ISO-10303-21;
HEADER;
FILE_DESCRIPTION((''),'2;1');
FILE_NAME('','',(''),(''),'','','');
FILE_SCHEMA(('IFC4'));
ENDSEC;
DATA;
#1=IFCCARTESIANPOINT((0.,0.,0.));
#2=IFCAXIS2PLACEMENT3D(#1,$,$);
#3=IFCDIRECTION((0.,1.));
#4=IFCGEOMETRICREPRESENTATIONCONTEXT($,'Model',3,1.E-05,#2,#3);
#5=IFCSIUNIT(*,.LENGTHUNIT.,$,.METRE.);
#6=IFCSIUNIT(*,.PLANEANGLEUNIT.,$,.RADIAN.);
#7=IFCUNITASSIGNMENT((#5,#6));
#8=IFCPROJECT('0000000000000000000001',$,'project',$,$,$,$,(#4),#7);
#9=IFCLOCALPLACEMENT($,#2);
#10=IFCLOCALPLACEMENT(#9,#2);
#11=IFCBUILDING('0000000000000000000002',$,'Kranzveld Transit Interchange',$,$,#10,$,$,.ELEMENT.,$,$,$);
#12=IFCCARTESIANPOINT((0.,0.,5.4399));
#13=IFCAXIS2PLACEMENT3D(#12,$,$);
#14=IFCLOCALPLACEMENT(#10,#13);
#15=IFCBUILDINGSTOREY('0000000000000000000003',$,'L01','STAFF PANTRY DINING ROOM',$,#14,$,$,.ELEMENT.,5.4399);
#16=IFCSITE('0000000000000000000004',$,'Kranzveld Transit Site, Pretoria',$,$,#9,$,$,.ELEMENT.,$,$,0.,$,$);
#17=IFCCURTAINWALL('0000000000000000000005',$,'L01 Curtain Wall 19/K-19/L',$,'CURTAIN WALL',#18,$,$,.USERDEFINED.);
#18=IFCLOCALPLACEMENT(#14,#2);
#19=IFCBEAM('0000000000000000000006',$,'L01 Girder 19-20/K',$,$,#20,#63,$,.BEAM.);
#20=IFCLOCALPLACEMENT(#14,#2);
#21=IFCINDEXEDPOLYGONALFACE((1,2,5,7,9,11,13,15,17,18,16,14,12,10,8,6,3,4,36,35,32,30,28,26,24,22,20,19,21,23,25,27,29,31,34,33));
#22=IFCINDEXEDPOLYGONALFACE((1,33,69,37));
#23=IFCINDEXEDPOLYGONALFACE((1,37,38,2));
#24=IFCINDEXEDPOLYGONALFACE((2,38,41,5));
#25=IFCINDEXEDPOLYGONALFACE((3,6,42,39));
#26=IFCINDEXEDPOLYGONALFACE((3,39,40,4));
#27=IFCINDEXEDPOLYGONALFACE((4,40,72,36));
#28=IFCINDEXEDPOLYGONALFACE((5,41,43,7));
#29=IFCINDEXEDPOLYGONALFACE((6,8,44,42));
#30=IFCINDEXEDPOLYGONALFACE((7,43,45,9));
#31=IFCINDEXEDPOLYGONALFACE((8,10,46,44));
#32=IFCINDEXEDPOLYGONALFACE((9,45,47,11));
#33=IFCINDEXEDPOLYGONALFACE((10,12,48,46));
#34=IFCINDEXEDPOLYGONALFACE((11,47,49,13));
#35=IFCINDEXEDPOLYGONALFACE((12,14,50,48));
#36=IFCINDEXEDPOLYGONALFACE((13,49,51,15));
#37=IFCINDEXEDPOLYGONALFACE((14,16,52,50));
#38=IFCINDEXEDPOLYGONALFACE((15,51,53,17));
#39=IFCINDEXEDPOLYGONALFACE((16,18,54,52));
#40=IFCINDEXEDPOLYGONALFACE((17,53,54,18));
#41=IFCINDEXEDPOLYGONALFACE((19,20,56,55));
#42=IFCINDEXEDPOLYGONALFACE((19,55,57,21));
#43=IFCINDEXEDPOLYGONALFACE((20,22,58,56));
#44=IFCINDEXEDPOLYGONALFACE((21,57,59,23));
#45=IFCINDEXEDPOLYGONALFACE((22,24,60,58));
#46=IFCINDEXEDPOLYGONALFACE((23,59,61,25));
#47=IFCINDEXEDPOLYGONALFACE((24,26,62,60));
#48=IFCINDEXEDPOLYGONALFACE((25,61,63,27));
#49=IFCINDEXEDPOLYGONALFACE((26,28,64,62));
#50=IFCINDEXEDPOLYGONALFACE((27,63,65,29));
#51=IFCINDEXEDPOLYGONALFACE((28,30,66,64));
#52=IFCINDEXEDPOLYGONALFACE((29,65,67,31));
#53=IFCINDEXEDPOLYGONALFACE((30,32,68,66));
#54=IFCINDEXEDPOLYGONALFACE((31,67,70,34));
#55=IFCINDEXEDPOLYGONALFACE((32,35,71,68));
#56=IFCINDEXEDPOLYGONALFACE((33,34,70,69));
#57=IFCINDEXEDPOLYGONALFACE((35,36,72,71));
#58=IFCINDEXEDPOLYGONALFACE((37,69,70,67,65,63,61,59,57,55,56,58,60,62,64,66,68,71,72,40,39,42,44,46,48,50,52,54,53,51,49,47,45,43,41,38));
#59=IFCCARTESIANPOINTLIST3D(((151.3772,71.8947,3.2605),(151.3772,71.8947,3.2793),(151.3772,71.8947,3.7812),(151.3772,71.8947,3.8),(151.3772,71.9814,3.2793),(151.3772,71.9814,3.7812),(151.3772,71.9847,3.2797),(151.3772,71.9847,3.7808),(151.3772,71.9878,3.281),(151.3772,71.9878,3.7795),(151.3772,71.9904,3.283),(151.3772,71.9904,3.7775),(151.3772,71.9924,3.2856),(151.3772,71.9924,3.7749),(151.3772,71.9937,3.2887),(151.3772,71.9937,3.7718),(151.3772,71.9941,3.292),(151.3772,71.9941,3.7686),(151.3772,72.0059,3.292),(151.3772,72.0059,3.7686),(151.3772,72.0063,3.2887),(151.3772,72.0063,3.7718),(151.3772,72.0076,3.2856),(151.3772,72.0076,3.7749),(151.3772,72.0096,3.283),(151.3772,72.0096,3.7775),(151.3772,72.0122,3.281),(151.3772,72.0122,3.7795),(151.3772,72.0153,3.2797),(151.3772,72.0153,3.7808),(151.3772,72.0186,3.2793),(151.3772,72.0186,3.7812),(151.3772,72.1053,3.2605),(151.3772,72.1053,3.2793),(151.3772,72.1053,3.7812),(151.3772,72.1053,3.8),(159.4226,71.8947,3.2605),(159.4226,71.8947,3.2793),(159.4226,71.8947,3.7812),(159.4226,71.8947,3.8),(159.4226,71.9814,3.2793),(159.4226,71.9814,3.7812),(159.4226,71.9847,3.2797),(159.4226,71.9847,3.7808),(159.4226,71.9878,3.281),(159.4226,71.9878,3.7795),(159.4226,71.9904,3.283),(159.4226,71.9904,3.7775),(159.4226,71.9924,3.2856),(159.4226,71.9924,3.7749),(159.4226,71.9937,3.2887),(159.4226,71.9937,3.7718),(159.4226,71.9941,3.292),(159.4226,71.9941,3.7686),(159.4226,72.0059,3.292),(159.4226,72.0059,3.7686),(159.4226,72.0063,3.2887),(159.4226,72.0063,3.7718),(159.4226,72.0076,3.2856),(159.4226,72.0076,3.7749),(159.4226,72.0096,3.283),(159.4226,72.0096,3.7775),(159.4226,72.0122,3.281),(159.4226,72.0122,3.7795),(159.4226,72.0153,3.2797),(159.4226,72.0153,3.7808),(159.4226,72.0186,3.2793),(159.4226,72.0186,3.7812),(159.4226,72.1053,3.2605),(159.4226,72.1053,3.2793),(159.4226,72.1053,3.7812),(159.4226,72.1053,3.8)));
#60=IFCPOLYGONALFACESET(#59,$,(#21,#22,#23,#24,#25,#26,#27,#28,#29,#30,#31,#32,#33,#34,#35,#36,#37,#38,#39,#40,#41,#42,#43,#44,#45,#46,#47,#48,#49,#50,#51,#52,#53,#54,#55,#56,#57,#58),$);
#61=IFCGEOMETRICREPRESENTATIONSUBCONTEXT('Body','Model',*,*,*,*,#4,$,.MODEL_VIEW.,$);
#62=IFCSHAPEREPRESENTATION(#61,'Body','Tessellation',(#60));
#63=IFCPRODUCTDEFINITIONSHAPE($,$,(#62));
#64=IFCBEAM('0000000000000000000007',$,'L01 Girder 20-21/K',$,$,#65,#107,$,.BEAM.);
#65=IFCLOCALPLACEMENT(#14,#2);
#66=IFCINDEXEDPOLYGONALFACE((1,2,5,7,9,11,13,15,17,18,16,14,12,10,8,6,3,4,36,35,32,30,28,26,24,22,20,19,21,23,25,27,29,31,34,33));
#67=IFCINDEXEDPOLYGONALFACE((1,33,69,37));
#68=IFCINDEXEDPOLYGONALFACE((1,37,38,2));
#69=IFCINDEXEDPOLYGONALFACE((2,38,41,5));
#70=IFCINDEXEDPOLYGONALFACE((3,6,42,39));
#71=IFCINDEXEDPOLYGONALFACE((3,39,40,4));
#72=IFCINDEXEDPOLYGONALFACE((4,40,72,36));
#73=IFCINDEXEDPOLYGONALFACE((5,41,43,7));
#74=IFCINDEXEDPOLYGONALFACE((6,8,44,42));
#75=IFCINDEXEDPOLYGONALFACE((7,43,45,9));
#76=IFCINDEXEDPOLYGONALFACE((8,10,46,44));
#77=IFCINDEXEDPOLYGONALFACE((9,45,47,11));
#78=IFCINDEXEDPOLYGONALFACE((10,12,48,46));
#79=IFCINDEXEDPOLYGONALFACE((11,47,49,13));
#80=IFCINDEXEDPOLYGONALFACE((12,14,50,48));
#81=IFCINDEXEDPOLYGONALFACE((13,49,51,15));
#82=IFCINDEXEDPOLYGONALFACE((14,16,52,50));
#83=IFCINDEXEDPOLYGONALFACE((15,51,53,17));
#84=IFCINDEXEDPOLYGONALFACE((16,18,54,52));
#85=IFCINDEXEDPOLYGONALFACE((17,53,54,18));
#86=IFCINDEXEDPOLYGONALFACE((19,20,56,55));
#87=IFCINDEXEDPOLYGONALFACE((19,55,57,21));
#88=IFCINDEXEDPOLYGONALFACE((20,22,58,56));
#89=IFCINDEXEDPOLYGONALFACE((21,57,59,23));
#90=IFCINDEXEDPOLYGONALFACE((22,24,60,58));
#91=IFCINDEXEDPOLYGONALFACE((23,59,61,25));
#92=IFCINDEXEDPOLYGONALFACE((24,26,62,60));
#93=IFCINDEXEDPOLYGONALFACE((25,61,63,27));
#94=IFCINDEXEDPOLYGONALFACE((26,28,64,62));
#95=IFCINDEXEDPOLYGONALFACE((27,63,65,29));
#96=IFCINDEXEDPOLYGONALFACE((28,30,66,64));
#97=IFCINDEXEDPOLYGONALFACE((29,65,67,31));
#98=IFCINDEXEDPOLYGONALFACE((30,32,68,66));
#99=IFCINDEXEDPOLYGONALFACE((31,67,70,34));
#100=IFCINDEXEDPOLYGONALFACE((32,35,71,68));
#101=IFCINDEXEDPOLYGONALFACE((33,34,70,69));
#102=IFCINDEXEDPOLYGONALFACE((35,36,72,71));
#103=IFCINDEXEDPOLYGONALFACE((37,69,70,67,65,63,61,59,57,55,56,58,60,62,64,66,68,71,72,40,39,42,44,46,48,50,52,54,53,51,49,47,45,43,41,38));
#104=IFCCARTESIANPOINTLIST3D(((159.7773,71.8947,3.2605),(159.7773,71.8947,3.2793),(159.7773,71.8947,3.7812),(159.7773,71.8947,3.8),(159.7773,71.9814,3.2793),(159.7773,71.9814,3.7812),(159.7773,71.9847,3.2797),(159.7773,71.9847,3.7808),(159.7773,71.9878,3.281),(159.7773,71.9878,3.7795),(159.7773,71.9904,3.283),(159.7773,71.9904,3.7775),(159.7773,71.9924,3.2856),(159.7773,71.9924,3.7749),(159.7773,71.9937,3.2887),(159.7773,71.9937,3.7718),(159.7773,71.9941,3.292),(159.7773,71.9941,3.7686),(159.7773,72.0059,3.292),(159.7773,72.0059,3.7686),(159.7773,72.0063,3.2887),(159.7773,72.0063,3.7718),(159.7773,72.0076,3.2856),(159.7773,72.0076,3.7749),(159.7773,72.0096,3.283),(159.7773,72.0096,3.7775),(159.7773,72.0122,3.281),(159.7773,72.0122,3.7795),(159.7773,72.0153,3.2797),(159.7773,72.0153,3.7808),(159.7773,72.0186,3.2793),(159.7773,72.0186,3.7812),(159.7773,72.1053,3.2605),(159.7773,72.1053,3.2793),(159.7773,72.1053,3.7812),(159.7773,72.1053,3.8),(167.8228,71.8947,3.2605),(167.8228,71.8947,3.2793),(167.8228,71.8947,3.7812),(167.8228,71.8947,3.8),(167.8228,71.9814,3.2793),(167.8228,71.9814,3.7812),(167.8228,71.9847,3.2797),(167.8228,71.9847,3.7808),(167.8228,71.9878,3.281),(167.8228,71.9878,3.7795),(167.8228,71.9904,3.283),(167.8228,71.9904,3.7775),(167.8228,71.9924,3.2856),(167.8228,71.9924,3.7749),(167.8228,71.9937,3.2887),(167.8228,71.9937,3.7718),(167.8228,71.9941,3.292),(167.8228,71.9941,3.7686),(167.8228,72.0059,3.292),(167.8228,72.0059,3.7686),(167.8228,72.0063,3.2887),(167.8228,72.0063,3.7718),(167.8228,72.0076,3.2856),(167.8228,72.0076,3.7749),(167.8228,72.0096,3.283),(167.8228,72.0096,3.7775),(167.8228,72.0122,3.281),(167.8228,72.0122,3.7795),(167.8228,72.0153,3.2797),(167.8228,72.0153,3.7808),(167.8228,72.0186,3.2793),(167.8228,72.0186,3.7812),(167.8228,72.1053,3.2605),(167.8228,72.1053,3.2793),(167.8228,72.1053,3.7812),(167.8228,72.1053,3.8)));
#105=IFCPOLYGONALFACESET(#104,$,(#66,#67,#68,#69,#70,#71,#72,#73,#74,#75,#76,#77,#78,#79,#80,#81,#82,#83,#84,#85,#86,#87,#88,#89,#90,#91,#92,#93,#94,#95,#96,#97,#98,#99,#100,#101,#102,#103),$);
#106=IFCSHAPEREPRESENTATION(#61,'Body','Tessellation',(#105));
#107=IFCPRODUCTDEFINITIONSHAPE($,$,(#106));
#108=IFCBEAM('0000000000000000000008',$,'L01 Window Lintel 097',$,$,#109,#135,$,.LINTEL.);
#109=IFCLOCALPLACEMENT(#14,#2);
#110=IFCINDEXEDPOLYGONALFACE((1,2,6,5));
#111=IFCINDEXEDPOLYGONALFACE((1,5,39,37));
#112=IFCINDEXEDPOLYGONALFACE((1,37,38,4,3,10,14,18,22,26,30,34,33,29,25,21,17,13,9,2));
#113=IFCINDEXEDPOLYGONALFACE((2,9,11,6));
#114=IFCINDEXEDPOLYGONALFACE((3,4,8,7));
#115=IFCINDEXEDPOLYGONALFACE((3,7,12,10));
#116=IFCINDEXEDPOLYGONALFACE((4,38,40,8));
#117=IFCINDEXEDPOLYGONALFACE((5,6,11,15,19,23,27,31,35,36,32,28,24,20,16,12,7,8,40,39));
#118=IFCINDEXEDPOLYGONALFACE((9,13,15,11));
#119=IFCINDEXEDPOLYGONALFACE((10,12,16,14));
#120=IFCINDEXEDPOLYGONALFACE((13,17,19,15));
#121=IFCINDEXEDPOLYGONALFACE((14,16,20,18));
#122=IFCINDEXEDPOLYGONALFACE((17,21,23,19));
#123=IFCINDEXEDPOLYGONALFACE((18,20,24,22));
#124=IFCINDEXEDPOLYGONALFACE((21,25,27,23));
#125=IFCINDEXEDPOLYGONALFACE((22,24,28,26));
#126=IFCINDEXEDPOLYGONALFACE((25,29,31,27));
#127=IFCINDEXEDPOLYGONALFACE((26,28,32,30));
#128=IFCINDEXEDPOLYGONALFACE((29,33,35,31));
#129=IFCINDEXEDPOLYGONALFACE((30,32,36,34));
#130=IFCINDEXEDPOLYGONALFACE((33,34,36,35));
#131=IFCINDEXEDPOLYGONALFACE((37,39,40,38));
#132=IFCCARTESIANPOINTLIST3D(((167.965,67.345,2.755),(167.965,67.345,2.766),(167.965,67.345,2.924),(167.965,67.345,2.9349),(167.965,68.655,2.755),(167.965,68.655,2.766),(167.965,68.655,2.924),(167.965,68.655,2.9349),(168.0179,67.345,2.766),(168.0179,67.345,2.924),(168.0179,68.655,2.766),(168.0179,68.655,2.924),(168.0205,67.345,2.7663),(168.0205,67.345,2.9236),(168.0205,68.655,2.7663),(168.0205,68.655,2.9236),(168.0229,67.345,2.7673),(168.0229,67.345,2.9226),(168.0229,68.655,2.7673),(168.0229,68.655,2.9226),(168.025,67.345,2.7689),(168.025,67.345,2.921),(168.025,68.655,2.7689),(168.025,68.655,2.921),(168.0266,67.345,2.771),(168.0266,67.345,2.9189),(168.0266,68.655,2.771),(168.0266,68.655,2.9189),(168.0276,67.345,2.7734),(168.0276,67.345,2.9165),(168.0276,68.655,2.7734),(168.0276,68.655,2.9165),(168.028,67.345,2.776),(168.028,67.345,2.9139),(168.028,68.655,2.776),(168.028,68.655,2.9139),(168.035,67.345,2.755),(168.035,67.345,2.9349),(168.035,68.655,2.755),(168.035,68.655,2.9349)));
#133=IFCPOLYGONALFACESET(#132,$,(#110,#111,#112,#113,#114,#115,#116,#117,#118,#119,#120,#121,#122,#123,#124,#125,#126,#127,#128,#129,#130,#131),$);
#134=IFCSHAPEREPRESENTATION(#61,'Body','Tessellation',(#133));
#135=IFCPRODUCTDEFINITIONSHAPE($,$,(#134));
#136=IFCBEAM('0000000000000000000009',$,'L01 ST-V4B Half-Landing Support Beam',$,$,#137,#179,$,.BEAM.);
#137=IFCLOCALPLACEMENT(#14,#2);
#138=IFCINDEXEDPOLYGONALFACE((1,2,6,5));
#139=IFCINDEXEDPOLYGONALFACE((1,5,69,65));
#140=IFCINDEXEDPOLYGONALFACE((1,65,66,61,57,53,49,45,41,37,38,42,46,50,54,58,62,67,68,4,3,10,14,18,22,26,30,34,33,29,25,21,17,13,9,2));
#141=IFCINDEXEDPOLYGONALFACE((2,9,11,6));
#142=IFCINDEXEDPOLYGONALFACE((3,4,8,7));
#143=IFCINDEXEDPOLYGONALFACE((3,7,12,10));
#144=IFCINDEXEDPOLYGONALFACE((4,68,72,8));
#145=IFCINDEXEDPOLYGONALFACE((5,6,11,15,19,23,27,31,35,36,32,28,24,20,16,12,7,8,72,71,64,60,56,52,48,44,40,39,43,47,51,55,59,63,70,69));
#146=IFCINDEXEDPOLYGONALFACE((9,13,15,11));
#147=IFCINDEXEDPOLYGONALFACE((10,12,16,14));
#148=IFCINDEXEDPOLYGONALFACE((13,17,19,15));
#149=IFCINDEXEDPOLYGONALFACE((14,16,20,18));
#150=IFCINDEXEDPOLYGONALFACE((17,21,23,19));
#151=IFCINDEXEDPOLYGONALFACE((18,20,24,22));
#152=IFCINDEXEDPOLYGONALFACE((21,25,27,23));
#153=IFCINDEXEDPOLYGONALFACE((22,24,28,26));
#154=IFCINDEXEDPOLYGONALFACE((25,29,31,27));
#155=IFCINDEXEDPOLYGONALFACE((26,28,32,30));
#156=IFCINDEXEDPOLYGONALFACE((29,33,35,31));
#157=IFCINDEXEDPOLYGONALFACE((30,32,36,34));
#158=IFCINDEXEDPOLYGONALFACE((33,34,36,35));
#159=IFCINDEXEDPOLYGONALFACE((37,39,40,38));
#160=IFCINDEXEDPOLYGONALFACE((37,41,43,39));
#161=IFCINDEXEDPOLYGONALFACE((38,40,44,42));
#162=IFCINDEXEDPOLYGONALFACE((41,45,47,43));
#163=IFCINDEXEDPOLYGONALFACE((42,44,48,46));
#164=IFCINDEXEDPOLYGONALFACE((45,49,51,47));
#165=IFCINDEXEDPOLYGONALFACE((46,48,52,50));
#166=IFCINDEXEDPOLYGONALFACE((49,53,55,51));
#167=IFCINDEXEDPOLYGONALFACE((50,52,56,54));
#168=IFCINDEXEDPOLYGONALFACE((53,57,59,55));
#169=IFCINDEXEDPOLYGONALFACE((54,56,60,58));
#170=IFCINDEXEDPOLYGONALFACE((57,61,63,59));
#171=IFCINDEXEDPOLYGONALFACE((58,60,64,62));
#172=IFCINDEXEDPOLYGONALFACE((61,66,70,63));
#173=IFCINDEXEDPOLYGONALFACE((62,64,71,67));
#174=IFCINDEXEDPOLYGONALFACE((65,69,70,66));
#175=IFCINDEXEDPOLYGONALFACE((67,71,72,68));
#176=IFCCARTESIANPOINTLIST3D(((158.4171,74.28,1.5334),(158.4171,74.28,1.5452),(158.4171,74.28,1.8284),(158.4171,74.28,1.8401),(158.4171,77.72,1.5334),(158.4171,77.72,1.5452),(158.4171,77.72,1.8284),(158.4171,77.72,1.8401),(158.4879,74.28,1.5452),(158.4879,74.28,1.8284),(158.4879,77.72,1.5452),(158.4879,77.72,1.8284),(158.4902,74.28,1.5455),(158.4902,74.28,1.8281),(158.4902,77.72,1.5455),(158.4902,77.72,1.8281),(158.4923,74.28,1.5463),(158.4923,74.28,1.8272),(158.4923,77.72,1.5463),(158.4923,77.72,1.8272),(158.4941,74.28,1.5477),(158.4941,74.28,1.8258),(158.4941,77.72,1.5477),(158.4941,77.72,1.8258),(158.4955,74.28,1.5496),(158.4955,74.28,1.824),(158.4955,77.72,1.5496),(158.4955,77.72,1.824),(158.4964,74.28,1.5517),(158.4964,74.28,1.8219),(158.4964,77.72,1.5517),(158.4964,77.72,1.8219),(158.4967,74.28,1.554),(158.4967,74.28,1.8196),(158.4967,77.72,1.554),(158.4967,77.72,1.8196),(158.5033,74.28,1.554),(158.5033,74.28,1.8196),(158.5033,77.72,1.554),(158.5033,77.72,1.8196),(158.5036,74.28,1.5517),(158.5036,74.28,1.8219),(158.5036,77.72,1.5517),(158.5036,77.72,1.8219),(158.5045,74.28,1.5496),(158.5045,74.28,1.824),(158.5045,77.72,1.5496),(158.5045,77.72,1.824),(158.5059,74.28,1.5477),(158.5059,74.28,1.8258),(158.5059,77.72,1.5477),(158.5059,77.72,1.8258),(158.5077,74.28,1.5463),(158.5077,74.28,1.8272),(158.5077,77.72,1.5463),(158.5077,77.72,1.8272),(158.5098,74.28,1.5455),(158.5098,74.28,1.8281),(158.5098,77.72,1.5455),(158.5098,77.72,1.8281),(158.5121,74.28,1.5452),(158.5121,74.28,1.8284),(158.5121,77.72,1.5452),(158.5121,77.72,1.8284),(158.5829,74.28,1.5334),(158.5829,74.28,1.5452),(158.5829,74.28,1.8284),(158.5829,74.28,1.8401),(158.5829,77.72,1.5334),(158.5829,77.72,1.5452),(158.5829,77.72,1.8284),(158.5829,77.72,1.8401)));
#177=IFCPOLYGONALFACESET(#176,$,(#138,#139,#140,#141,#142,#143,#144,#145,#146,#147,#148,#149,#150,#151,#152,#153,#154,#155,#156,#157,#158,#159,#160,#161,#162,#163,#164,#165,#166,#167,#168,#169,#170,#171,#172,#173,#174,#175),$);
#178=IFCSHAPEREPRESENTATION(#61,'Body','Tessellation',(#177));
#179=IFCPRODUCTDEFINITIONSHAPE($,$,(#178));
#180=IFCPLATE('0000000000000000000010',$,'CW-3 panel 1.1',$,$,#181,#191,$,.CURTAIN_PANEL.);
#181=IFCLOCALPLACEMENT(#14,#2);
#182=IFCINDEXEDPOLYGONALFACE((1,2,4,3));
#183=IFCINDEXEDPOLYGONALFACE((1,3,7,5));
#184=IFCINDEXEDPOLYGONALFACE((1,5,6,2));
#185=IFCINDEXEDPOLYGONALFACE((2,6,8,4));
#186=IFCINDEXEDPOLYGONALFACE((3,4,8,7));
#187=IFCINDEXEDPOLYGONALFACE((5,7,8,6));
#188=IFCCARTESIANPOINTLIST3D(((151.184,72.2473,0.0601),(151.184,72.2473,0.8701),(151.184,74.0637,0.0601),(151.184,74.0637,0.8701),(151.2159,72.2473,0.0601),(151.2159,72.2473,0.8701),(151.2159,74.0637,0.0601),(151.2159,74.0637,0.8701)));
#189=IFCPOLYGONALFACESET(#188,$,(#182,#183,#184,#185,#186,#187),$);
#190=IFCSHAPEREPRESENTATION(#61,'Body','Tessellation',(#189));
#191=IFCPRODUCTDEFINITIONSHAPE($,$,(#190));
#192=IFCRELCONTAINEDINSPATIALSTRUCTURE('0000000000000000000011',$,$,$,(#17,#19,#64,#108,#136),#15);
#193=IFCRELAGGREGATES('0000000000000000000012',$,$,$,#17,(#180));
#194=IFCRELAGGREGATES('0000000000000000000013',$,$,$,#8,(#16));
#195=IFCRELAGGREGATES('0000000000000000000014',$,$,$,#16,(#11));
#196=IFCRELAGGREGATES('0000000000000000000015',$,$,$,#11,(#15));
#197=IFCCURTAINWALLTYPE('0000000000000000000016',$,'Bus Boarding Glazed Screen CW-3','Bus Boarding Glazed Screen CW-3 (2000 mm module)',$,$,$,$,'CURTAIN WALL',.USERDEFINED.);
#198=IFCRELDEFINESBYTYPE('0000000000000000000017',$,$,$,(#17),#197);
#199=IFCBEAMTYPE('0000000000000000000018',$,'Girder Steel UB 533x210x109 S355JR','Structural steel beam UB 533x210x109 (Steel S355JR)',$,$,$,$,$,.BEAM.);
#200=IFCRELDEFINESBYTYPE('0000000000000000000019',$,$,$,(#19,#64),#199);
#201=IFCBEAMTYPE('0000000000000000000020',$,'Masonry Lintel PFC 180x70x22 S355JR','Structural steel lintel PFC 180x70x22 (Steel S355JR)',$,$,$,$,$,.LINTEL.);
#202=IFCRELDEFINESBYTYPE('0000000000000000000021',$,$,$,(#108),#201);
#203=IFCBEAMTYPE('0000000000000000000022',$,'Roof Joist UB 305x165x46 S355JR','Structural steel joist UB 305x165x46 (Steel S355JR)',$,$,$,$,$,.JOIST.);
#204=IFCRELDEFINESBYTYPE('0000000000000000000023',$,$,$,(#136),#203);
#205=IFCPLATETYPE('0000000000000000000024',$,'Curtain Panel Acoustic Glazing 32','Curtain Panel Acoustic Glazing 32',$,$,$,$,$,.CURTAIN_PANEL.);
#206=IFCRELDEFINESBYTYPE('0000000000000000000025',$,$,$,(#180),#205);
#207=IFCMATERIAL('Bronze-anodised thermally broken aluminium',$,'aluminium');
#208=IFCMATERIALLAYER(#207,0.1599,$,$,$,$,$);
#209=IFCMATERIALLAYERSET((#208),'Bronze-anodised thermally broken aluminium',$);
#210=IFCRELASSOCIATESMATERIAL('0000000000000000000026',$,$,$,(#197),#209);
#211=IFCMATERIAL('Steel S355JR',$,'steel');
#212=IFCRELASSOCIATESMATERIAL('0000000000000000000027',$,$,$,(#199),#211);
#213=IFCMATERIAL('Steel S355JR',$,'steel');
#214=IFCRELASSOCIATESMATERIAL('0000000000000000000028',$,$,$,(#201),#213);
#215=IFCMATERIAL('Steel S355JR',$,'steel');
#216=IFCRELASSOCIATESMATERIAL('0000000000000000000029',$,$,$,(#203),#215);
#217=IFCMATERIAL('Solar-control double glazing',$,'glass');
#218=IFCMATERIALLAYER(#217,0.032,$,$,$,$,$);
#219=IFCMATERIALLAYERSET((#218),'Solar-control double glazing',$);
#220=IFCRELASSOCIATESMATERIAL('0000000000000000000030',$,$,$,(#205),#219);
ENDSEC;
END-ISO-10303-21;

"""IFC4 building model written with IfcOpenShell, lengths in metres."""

from ifc_helpers import new_model, si_unit, direction, frame, origin, origin_2d, place, context, subcontext, project, spatial, rectangle, i_section, u_section, extrude, material, layer, layer_set, material_profile, profile_set, type_object, element, aggregate, save


model = new_model("IFC4")

# Units and contexts
model_context = context("Model", 3, precision=1e-05, world=origin(), true_north=direction((0.0, 1.0)))
body_context = subcontext(model_context, "Body", "Model", "MODEL_VIEW")
ifc_project = project(units=[si_unit("LENGTHUNIT", "METRE"), si_unit("PLANEANGLEUNIT", "RADIAN")], contexts=[model_context])

# Site, building, storey
site_placement = place(None, origin())
site = spatial("IfcSite", under=ifc_project, at=site_placement, Name="Kranzveld Transit Site, Pretoria", CompositionType="ELEMENT", RefElevation=0.0)
building_placement = place(site_placement, origin())
building = spatial("IfcBuilding", under=site, at=building_placement, Name="Kranzveld Transit Interchange", CompositionType="ELEMENT")
storey_placement = place(building_placement, frame((0.0, 0.0, 5.4399)))
storey = spatial("IfcBuildingStorey", under=building, at=storey_placement, Name="L01", Description="STAFF PANTRY DINING ROOM", CompositionType="ELEMENT", Elevation=5.4399)

# Curtain wall
ifc_material_1 = material(Name="Bronze-anodised thermally broken aluminium", Category="aluminium")
ifc_layer_1 = layer(ifc_material_1, 0.1599)
ifc_layer_set_1 = layer_set([ifc_layer_1], Name="Bronze-anodised thermally broken aluminium")
curtain_wall_type = type_object("IfcCurtainWallType", Name="Bus Boarding Glazed Screen CW-3", Description="Bus Boarding Glazed Screen CW-3 (2000 mm module)", ElementType="CURTAIN WALL", PredefinedType="USERDEFINED", material=ifc_layer_set_1)
curtain_wall_placement = place(storey_placement, origin())
curtain_wall = element("IfcCurtainWall", 1, at=curtain_wall_placement, inside=storey, type_object=curtain_wall_type, Name="L01 Curtain Wall 19/K-19/L", ObjectType="CURTAIN WALL", PredefinedType="USERDEFINED")

# Beams
ifc_material_2 = material(Name="Steel S355JR", Category="steel")
ifc_material_profile_1 = material_profile(ifc_material_2, i_section(OverallWidth=0.2107, OverallDepth=0.5396, WebThickness=0.0117, FlangeThickness=0.0188, FilletRadius=0.0127, at=origin_2d()), Name="UB 533x210x109")
ifc_profile_set_1 = profile_set([ifc_material_profile_1], Name="Steel S355JR")
beam_type_1 = type_object("IfcBeamType", Name="Girder Steel UB 533x210x109 S355JR", Description="Structural steel beam UB 533x210x109 (Steel S355JR)", PredefinedType="BEAM", material=ifc_profile_set_1)
for number, where, z_axis, x_axis, name in (
    (2, (151.3772, 72.0, 3.5303), (1.0, 0.0, 0.0), (0.0, 1.0, 0.0), "L01 Girder 19-20/K"),
    (3, (159.7773, 72.0, 3.5303), (1.0, 0.0, 0.0), (0.0, 1.0, 0.0), "L01 Girder 20-21/K"),
):
    element("IfcBeam", number, at=place(storey_placement, frame(where, z_axis=z_axis, x_axis=x_axis)), inside=storey, type_object=beam_type_1, Name=name, PredefinedType="BEAM", context=body_context, shape_type="SweptSolid", body=[
        extrude(i_section(OverallWidth=0.2107, OverallDepth=0.5396, WebThickness=0.0117, FlangeThickness=0.0188, FilletRadius=0.0127, at=origin_2d()), origin(), (0.0, 0.0, 1.0), 8.0454),
    ])
ifc_material_3 = material(Name="Steel S355JR", Category="steel")
ifc_material_profile_2 = material_profile(ifc_material_3, u_section(Depth=0.1799, FlangeWidth=0.0701, WebThickness=0.0071, FlangeThickness=0.011, FilletRadius=0.01, at=origin_2d()), Name="PFC 180x70x22")
ifc_profile_set_2 = profile_set([ifc_material_profile_2], Name="Steel S355JR")
beam_type_2 = type_object("IfcBeamType", Name="Masonry Lintel PFC 180x70x22 S355JR", Description="Structural steel lintel PFC 180x70x22 (Steel S355JR)", PredefinedType="LINTEL", material=ifc_profile_set_2)
beam_1_placement = place(storey_placement, frame((168.0, 67.345, 2.845), z_axis=(0.0, 1.0, 0.0), x_axis=(-1.0, 0.0, 0.0)))
element("IfcBeam", 4, at=beam_1_placement, inside=storey, type_object=beam_type_2, Name="L01 Window Lintel 097", PredefinedType="LINTEL", context=body_context, shape_type="SweptSolid", body=[
    extrude(u_section(Depth=0.1799, FlangeWidth=0.0701, WebThickness=0.0071, FlangeThickness=0.011, FilletRadius=0.01, at=origin_2d()), origin(), (0.0, 0.0, 1.0), 1.3101),
])
ifc_material_4 = material(Name="Steel S355JR", Category="steel")
ifc_material_profile_3 = material_profile(ifc_material_4, i_section(OverallWidth=0.1658, OverallDepth=0.3066, WebThickness=0.0066, FlangeThickness=0.0117, FilletRadius=0.0088, at=origin_2d()), Name="UB 305x165x46")
ifc_profile_set_3 = profile_set([ifc_material_profile_3], Name="Steel S355JR")
beam_type_3 = type_object("IfcBeamType", Name="Roof Joist UB 305x165x46 S355JR", Description="Structural steel joist UB 305x165x46 (Steel S355JR)", PredefinedType="JOIST", material=ifc_profile_set_3)
beam_2_placement = place(storey_placement, frame((158.5, 74.28, 1.6868), z_axis=(0.0, 1.0, 0.0), x_axis=(-1.0, 0.0, 0.0)))
element("IfcBeam", 5, at=beam_2_placement, inside=storey, type_object=beam_type_3, Name="L01 ST-V4B Half-Landing Support Beam", PredefinedType="BEAM", context=body_context, shape_type="SweptSolid", body=[
    extrude(i_section(OverallWidth=0.1658, OverallDepth=0.3066, WebThickness=0.0066, FlangeThickness=0.0117, FilletRadius=0.0088, at=origin_2d()), origin(), (0.0, 0.0, 1.0), 3.4399),
])

# Plate
ifc_material_5 = material(Name="Solar-control double glazing", Category="glass")
ifc_layer_2 = layer(ifc_material_5, 0.032)
ifc_layer_set_2 = layer_set([ifc_layer_2], Name="Solar-control double glazing")
plate_type = type_object("IfcPlateType", Name="Curtain Panel Acoustic Glazing 32", Description="Curtain Panel Acoustic Glazing 32", PredefinedType="CURTAIN_PANEL", material=ifc_layer_set_2)
plate_1_placement = place(storey_placement, frame((151.2, 73.1555, 0.0601), z_axis=(0.0, 0.0, 1.0), x_axis=(0.0, 1.0, 0.0)))
plate_1 = element("IfcPlate", 6, at=plate_1_placement, type_object=plate_type, Name="CW-3 panel 1.1", PredefinedType="CURTAIN_PANEL", context=body_context, shape_type="SweptSolid", body=[
    extrude(rectangle(XDim=1.8164, YDim=0.032, at=origin_2d()), origin(), (0.0, 0.0, 1.0), 0.8101),
])
aggregate(curtain_wall, [plate_1])

save(model, "model.ifc")
